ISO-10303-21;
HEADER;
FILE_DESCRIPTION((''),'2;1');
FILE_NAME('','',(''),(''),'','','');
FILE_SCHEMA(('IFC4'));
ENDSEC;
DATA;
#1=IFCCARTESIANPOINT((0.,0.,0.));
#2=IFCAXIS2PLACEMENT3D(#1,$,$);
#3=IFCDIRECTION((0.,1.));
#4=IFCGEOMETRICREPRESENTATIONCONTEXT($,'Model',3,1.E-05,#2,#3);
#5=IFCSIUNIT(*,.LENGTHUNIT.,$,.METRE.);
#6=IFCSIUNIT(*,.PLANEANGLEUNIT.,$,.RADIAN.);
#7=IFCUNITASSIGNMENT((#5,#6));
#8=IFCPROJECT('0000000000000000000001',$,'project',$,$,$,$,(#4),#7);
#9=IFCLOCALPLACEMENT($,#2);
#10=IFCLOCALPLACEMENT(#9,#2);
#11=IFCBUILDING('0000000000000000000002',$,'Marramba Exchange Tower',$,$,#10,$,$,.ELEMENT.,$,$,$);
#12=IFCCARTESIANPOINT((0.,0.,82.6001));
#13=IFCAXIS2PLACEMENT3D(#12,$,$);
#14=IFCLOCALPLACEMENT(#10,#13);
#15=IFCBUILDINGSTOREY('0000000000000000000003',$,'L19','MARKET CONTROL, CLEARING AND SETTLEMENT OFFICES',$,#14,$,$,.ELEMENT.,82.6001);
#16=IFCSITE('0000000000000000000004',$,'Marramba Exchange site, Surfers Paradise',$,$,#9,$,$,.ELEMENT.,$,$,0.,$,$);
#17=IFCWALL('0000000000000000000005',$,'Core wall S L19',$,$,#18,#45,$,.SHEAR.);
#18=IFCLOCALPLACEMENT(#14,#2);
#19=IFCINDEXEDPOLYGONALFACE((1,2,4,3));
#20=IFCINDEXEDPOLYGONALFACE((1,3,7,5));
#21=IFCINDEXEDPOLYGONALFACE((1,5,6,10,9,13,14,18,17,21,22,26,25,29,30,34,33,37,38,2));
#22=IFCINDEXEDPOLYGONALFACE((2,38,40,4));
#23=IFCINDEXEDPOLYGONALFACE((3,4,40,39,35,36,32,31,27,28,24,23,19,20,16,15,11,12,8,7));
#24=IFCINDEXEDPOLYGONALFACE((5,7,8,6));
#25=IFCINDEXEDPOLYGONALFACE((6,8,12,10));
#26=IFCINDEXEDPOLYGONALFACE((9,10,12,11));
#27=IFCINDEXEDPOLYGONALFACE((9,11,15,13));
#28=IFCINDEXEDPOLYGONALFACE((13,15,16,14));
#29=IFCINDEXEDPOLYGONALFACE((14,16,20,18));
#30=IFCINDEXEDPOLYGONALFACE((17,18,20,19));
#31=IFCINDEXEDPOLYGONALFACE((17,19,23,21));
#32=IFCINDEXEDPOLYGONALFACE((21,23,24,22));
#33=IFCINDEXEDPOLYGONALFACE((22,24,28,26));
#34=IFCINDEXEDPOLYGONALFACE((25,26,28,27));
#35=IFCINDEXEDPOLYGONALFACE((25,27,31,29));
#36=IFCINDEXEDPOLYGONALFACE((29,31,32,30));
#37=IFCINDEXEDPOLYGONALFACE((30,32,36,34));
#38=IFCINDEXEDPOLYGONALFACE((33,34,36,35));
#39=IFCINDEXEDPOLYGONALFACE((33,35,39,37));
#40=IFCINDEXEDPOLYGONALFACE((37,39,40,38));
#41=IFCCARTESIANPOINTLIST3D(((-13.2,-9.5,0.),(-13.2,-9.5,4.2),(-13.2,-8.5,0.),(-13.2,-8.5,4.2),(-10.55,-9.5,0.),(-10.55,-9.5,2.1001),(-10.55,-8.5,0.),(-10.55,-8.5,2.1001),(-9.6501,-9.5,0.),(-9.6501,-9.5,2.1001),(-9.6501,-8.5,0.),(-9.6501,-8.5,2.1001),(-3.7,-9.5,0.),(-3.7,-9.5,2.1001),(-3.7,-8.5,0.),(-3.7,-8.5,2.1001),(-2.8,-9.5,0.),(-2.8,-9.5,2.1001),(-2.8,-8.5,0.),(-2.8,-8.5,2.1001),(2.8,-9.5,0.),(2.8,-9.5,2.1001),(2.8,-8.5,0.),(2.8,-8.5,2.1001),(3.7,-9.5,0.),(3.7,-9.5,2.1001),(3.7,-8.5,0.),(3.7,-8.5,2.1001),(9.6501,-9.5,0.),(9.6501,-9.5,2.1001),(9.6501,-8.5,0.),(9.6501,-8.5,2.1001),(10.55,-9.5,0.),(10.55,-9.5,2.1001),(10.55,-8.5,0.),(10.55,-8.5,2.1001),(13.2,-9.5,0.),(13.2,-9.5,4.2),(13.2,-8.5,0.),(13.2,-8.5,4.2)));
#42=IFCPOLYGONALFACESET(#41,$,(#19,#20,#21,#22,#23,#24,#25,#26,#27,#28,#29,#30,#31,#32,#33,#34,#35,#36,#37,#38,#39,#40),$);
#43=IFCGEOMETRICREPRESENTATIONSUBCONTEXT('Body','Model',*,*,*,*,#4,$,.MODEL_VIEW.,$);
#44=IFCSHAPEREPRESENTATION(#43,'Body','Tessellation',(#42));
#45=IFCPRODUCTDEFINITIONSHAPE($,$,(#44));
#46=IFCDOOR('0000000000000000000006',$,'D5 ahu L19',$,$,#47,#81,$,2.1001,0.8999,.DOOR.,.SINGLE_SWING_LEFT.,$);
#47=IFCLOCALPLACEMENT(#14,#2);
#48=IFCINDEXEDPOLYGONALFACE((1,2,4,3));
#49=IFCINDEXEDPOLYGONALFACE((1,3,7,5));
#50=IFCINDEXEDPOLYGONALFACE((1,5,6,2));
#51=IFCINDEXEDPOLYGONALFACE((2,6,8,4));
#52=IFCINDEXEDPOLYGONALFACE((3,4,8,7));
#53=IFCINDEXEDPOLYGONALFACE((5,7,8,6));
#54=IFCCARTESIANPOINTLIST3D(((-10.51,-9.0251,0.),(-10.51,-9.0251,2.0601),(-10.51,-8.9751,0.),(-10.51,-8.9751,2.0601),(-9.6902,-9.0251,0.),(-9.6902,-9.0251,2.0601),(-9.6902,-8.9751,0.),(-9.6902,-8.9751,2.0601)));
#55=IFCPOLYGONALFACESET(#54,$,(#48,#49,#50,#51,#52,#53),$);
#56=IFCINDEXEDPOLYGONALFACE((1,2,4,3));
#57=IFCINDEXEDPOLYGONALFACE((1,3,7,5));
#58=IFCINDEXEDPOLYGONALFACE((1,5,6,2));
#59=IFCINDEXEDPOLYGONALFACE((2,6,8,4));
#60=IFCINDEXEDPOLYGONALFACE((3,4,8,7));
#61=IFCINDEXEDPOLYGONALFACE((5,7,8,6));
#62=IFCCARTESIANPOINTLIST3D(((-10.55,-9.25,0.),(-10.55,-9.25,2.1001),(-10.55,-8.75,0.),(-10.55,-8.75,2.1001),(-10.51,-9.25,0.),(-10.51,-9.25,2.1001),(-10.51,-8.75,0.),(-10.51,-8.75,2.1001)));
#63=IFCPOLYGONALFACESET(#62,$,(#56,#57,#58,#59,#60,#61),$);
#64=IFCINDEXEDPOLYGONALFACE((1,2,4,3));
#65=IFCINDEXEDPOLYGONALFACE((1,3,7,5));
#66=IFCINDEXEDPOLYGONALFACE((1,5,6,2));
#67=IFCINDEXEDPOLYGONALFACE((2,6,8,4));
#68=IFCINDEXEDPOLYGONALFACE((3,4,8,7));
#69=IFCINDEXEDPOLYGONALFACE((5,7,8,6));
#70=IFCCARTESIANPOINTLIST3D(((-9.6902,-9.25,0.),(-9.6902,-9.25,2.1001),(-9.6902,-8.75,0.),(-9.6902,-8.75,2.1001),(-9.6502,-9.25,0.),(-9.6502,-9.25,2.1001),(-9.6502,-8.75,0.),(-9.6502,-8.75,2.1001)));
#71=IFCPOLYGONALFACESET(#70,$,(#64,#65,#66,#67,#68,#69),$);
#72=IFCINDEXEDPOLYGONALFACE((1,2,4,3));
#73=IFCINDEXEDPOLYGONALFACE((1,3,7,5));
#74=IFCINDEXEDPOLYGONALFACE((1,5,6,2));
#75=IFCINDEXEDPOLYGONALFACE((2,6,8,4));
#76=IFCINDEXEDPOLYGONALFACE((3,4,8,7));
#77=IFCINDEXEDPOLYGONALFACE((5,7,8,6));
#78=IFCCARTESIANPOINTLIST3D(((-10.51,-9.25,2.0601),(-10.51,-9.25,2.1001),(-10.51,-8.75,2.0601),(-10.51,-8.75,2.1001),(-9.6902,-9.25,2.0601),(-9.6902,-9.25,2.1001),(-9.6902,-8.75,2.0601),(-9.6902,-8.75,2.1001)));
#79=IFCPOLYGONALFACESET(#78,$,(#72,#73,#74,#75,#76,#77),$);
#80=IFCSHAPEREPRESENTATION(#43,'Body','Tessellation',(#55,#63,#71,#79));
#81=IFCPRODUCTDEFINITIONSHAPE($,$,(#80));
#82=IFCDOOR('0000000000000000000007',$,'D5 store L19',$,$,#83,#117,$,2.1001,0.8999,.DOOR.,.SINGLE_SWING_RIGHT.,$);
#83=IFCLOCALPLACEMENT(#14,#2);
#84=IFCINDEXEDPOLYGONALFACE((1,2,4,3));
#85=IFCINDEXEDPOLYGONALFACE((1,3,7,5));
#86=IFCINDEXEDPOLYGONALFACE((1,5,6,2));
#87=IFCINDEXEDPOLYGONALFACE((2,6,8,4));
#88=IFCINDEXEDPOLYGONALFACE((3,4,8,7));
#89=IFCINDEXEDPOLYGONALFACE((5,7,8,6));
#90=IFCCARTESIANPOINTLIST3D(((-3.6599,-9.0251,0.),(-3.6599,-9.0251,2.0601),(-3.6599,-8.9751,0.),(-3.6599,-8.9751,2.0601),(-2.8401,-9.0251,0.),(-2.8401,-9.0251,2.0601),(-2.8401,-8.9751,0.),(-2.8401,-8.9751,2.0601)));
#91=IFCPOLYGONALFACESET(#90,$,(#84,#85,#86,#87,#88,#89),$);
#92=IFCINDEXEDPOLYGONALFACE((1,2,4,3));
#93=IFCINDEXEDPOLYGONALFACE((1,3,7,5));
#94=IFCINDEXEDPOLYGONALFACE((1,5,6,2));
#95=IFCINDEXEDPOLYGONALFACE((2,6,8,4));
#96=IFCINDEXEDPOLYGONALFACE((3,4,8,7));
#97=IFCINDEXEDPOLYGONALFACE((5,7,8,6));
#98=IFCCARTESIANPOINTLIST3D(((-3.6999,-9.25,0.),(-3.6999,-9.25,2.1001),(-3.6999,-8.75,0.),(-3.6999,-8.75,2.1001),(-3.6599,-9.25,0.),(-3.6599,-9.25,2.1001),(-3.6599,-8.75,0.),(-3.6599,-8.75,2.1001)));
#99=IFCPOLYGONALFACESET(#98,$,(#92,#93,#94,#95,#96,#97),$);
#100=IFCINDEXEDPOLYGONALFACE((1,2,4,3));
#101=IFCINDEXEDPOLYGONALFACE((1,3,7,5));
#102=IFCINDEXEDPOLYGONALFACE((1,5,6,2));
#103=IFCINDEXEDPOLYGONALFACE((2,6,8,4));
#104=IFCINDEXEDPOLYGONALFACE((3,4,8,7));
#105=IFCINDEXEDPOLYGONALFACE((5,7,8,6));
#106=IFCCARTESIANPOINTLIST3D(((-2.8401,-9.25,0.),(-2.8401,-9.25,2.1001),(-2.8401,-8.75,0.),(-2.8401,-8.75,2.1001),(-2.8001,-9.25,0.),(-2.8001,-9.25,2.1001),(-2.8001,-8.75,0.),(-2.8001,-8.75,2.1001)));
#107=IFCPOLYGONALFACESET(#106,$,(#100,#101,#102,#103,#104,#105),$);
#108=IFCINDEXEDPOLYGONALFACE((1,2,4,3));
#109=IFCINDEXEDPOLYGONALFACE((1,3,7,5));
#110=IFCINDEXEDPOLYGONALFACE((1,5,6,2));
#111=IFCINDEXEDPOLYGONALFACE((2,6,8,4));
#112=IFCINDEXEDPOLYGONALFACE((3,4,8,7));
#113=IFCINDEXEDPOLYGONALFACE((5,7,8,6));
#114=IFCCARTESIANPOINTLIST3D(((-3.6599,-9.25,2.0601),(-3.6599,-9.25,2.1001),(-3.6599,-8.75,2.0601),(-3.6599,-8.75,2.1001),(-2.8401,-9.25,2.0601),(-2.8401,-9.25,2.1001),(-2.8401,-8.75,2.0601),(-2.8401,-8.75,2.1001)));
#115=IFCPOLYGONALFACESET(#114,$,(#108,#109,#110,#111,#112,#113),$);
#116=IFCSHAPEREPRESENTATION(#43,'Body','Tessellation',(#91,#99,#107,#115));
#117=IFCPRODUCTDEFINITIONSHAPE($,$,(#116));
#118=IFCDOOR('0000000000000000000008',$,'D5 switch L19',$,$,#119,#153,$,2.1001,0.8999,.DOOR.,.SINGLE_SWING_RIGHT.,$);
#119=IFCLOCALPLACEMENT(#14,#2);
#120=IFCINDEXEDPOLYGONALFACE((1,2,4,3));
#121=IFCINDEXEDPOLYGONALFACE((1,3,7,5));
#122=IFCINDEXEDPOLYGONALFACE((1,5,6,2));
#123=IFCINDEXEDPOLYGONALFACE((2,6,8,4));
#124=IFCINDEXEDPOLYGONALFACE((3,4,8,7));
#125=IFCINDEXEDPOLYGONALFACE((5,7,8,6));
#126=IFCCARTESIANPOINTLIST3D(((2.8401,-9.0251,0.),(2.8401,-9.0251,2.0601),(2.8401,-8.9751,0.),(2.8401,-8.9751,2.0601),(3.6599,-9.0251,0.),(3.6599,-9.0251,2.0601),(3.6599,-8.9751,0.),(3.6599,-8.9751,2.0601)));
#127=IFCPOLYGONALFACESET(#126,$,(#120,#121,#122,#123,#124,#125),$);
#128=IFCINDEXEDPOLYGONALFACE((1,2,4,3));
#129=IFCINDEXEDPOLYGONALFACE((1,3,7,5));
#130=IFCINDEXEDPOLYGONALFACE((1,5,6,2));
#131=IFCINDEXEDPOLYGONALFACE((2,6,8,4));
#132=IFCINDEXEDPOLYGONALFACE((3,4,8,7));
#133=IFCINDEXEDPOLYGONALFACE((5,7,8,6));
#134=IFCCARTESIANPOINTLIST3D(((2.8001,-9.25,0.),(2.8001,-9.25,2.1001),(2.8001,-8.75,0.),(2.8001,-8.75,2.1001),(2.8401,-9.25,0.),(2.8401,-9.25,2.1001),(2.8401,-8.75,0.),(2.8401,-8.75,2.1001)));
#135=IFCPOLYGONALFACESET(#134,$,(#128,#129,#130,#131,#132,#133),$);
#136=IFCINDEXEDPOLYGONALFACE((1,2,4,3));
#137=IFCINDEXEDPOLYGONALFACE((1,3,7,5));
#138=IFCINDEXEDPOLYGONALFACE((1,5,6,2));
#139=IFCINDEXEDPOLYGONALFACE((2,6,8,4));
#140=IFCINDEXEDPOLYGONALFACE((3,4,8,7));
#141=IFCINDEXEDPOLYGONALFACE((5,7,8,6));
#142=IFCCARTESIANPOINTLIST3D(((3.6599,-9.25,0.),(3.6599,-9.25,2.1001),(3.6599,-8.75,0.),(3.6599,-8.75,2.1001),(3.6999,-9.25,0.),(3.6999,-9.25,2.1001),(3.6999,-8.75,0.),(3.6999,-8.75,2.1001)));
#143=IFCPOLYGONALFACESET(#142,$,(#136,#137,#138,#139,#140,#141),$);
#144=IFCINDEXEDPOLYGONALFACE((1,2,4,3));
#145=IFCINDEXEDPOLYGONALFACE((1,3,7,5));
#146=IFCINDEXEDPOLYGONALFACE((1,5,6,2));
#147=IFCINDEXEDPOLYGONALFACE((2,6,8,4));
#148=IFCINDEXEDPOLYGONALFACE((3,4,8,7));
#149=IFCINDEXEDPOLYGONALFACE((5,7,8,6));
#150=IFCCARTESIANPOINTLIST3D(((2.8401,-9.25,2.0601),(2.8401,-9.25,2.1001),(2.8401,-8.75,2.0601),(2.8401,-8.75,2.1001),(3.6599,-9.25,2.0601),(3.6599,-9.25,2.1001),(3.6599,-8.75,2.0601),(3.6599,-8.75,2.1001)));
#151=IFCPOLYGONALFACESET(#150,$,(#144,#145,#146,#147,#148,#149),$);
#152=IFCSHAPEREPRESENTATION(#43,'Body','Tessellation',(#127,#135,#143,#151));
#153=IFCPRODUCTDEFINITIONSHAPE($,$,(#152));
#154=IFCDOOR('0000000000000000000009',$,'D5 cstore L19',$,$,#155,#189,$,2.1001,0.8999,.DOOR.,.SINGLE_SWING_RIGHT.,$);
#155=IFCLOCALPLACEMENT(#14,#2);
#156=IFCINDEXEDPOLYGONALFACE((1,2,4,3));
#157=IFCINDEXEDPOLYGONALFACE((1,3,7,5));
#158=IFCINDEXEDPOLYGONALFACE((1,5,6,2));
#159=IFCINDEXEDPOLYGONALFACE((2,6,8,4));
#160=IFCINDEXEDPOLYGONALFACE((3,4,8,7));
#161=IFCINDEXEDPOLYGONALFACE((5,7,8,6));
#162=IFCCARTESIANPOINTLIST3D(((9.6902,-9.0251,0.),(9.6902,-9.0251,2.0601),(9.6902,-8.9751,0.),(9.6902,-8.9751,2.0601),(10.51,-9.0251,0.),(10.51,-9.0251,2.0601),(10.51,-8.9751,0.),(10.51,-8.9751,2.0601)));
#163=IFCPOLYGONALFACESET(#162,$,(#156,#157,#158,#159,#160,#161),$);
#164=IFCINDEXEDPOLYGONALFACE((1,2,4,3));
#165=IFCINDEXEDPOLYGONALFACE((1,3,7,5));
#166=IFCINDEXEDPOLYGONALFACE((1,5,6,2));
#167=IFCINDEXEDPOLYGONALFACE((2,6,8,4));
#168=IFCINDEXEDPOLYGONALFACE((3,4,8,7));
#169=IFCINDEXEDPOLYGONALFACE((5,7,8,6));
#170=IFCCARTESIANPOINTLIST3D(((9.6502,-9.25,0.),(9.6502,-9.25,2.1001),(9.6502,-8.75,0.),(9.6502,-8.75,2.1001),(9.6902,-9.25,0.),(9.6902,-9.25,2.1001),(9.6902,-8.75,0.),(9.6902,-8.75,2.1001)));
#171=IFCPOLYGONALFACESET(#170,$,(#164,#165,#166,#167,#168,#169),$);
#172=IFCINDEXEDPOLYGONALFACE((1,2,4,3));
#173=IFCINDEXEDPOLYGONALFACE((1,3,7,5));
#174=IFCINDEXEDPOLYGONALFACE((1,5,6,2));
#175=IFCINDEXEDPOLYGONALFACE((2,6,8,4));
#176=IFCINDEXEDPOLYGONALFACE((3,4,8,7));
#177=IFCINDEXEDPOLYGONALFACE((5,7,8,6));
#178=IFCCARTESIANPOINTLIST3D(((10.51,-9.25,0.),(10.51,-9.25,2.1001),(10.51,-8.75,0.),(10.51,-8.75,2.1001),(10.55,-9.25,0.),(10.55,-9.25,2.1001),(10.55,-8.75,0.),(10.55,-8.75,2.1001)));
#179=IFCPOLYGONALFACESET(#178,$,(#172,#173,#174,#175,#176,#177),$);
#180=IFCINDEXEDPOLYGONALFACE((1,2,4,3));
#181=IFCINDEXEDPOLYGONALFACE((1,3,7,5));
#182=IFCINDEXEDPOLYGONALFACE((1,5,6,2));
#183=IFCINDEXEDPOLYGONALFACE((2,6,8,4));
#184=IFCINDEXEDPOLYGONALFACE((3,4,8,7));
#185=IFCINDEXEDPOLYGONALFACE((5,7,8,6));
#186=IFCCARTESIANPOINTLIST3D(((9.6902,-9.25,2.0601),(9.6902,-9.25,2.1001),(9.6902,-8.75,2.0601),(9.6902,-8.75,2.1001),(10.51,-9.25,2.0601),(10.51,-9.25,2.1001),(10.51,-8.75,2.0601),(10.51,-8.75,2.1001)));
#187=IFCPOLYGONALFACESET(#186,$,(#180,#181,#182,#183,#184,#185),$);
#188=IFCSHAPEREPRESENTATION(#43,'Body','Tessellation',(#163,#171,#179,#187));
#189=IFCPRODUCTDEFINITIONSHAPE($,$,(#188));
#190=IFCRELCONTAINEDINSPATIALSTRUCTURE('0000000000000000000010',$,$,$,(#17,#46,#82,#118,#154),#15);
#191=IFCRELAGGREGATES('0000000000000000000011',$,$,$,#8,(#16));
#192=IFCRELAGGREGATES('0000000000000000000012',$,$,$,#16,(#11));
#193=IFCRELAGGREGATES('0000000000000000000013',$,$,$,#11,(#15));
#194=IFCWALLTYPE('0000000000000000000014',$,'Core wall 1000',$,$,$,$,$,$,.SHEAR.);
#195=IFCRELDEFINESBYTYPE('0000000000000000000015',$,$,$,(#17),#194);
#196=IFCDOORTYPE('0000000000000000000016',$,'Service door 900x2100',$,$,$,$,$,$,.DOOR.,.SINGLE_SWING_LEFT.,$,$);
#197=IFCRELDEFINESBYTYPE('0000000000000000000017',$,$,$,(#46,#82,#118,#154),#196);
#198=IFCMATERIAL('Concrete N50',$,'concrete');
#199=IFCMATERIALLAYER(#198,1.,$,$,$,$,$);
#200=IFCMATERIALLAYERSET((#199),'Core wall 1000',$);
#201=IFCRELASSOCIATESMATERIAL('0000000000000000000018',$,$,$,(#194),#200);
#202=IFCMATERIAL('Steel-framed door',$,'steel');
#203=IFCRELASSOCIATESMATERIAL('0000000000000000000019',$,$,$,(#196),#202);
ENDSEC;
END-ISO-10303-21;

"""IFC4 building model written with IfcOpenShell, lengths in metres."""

from ifc_helpers import new_model, si_unit, direction, frame, frame_2d, origin, place, context, subcontext, project, spatial, rectangle, extrude, material, layer, layer_set, type_object, element, fill, save


model = new_model("IFC4")

# Units and contexts
model_context = context("Model", 3, precision=1e-05, world=origin(), true_north=direction((0.0, 1.0)))
body_context = subcontext(model_context, "Body", "Model", "MODEL_VIEW")
ifc_project = project(units=[si_unit("LENGTHUNIT", "METRE"), si_unit("PLANEANGLEUNIT", "RADIAN")], contexts=[model_context])

# Site, building, storey
site_placement = place(None, origin())
site = spatial("IfcSite", under=ifc_project, at=site_placement, Name="Marramba Exchange site, Surfers Paradise", CompositionType="ELEMENT", RefElevation=0.0)
building_placement = place(site_placement, origin())
building = spatial("IfcBuilding", under=site, at=building_placement, Name="Marramba Exchange Tower", CompositionType="ELEMENT")
storey_placement = place(building_placement, frame((0.0, 0.0, 82.6001)))
storey = spatial("IfcBuildingStorey", under=building, at=storey_placement, Name="L19", Description="MARKET CONTROL, CLEARING AND SETTLEMENT OFFICES", CompositionType="ELEMENT", Elevation=82.6001)

# Shared definitions
ifc_material_1 = material(Name="Concrete N50", Category="concrete")

# Wall, openings, doors
ifc_layer_1 = layer(ifc_material_1, 1.0)
ifc_layer_set_1 = layer_set([ifc_layer_1], Name="Core wall 1000")
wall_type_1 = type_object("IfcWallType", Name="Core wall 1000", PredefinedType="SHEAR", material=ifc_layer_set_1)
wall_1_placement = place(storey_placement, frame((-13.2, -9.0, 0.0), z_axis=(0.0, 0.0, 1.0), x_axis=(1.0, 0.0, 0.0)))
wall_1 = element("IfcWall", 1, at=wall_1_placement, inside=storey, type_object=wall_type_1, Name="Core wall S L19", PredefinedType="SHEAR", context=body_context, shape_type="SweptSolid", body=[
    extrude(rectangle(XDim=26.3999, YDim=1.0, at=frame_2d((13.2, 0.0))), origin(), (0.0, 0.0, 1.0), 4.2),
])
opening_1_placement = place(wall_1_placement, frame((2.6499, 0.0, 0.0)))
opening_1 = element("IfcOpeningElement", 2, at=opening_1_placement, cuts=wall_1, PredefinedType="OPENING", context=body_context, shape_type="SweptSolid", body=[
    extrude(rectangle(XDim=0.8999, YDim=2.1001, at=frame_2d((0.45, 1.05))), frame((0.0, 0.51, 0.0), z_axis=(0.0, -1.0, 0.0), x_axis=(1.0, 0.0, 0.0)), (0.0, 0.0, 1.0), 1.02),
])
opening_2_placement = place(wall_1_placement, frame((9.5, 0.0, 0.0)))
opening_2 = element("IfcOpeningElement", 3, at=opening_2_placement, cuts=wall_1, PredefinedType="OPENING", context=body_context, shape_type="SweptSolid", body=[
    extrude(rectangle(XDim=0.8999, YDim=2.1001, at=frame_2d((0.45, 1.05))), frame((0.0, 0.51, 0.0), z_axis=(0.0, -1.0, 0.0), x_axis=(1.0, 0.0, 0.0)), (0.0, 0.0, 1.0), 1.02),
])
opening_3_placement = place(wall_1_placement, frame((16.0, 0.0, 0.0)))
opening_3 = element("IfcOpeningElement", 4, at=opening_3_placement, cuts=wall_1, PredefinedType="OPENING", context=body_context, shape_type="SweptSolid", body=[
    extrude(rectangle(XDim=0.8999, YDim=2.1001, at=frame_2d((0.45, 1.05))), frame((0.0, 0.51, 0.0), z_axis=(0.0, -1.0, 0.0), x_axis=(1.0, 0.0, 0.0)), (0.0, 0.0, 1.0), 1.02),
])
opening_4_placement = place(wall_1_placement, frame((22.8501, 0.0, 0.0)))
opening_4 = element("IfcOpeningElement", 5, at=opening_4_placement, cuts=wall_1, PredefinedType="OPENING", context=body_context, shape_type="SweptSolid", body=[
    extrude(rectangle(XDim=0.8999, YDim=2.1001, at=frame_2d((0.45, 1.05))), frame((0.0, 0.51, 0.0), z_axis=(0.0, -1.0, 0.0), x_axis=(1.0, 0.0, 0.0)), (0.0, 0.0, 1.0), 1.02),
])
ifc_material_2 = material(Name="Steel-framed door", Category="steel")
door_type = type_object("IfcDoorType", Name="Service door 900x2100", OperationType="SINGLE_SWING_LEFT", PredefinedType="DOOR", material=ifc_material_2)
door_1_placement = place(opening_1_placement, origin())
door_1 = element("IfcDoor", 6, at=door_1_placement, inside=storey, type_object=door_type, Name="D5 ahu L19", OperationType="SINGLE_SWING_LEFT", OverallHeight=2.1001, OverallWidth=0.8999, PredefinedType="DOOR", context=body_context, shape_type="SweptSolid", body=[
    extrude(rectangle(XDim=0.8198, YDim=2.0601, at=frame_2d((0.45, 1.03))), frame((0.0, 0.0249, 0.0), z_axis=(0.0, -1.0, 0.0), x_axis=(1.0, 0.0, 0.0)), (0.0, 0.0, 1.0), 0.05),
    extrude(rectangle(XDim=0.04, YDim=2.1001, at=frame_2d((0.02, 1.05))), frame((0.0, 0.25, 0.0), z_axis=(0.0, -1.0, 0.0), x_axis=(1.0, 0.0, 0.0)), (0.0, 0.0, 1.0), 0.5),
    extrude(rectangle(XDim=0.04, YDim=2.1001, at=frame_2d((0.8799, 1.05))), frame((0.0, 0.25, 0.0), z_axis=(0.0, -1.0, 0.0), x_axis=(1.0, 0.0, 0.0)), (0.0, 0.0, 1.0), 0.5),
    extrude(rectangle(XDim=0.8198, YDim=0.04, at=frame_2d((0.45, 2.0801))), frame((0.0, 0.25, 0.0), z_axis=(0.0, -1.0, 0.0), x_axis=(1.0, 0.0, 0.0)), (0.0, 0.0, 1.0), 0.5),
])
fill(opening_1, door_1)
door_2_placement = place(opening_2_placement, origin())
door_2 = element("IfcDoor", 7, at=door_2_placement, inside=storey, type_object=door_type, Name="D5 store L19", OperationType="SINGLE_SWING_RIGHT", OverallHeight=2.1001, OverallWidth=0.8999, PredefinedType="DOOR", context=body_context, shape_type="SweptSolid", body=[
    extrude(rectangle(XDim=0.8198, YDim=2.0601, at=frame_2d((0.45, 1.03))), frame((0.0, 0.0249, 0.0), z_axis=(0.0, -1.0, 0.0), x_axis=(1.0, 0.0, 0.0)), (0.0, 0.0, 1.0), 0.05),
    extrude(rectangle(XDim=0.04, YDim=2.1001, at=frame_2d((0.02, 1.05))), frame((0.0, 0.25, 0.0), z_axis=(0.0, -1.0, 0.0), x_axis=(1.0, 0.0, 0.0)), (0.0, 0.0, 1.0), 0.5),
    extrude(rectangle(XDim=0.04, YDim=2.1001, at=frame_2d((0.8799, 1.05))), frame((0.0, 0.25, 0.0), z_axis=(0.0, -1.0, 0.0), x_axis=(1.0, 0.0, 0.0)), (0.0, 0.0, 1.0), 0.5),
    extrude(rectangle(XDim=0.8198, YDim=0.04, at=frame_2d((0.45, 2.0801))), frame((0.0, 0.25, 0.0), z_axis=(0.0, -1.0, 0.0), x_axis=(1.0, 0.0, 0.0)), (0.0, 0.0, 1.0), 0.5),
])
fill(opening_2, door_2)
door_3_placement = place(opening_3_placement, origin())
door_3 = element("IfcDoor", 8, at=door_3_placement, inside=storey, type_object=door_type, Name="D5 switch L19", OperationType="SINGLE_SWING_RIGHT", OverallHeight=2.1001, OverallWidth=0.8999, PredefinedType="DOOR", context=body_context, shape_type="SweptSolid", body=[
    extrude(rectangle(XDim=0.8198, YDim=2.0601, at=frame_2d((0.45, 1.03))), frame((0.0, 0.0249, 0.0), z_axis=(0.0, -1.0, 0.0), x_axis=(1.0, 0.0, 0.0)), (0.0, 0.0, 1.0), 0.05),
    extrude(rectangle(XDim=0.04, YDim=2.1001, at=frame_2d((0.02, 1.05))), frame((0.0, 0.25, 0.0), z_axis=(0.0, -1.0, 0.0), x_axis=(1.0, 0.0, 0.0)), (0.0, 0.0, 1.0), 0.5),
    extrude(rectangle(XDim=0.04, YDim=2.1001, at=frame_2d((0.8799, 1.05))), frame((0.0, 0.25, 0.0), z_axis=(0.0, -1.0, 0.0), x_axis=(1.0, 0.0, 0.0)), (0.0, 0.0, 1.0), 0.5),
    extrude(rectangle(XDim=0.8198, YDim=0.04, at=frame_2d((0.45, 2.0801))), frame((0.0, 0.25, 0.0), z_axis=(0.0, -1.0, 0.0), x_axis=(1.0, 0.0, 0.0)), (0.0, 0.0, 1.0), 0.5),
])
fill(opening_3, door_3)
door_4_placement = place(opening_4_placement, origin())
door_4 = element("IfcDoor", 9, at=door_4_placement, inside=storey, type_object=door_type, Name="D5 cstore L19", OperationType="SINGLE_SWING_RIGHT", OverallHeight=2.1001, OverallWidth=0.8999, PredefinedType="DOOR", context=body_context, shape_type="SweptSolid", body=[
    extrude(rectangle(XDim=0.8198, YDim=2.0601, at=frame_2d((0.45, 1.03))), frame((0.0, 0.0249, 0.0), z_axis=(0.0, -1.0, 0.0), x_axis=(1.0, 0.0, 0.0)), (0.0, 0.0, 1.0), 0.05),
    extrude(rectangle(XDim=0.04, YDim=2.1001, at=frame_2d((0.02, 1.05))), frame((0.0, 0.25, 0.0), z_axis=(0.0, -1.0, 0.0), x_axis=(1.0, 0.0, 0.0)), (0.0, 0.0, 1.0), 0.5),
    extrude(rectangle(XDim=0.04, YDim=2.1001, at=frame_2d((0.8799, 1.05))), frame((0.0, 0.25, 0.0), z_axis=(0.0, -1.0, 0.0), x_axis=(1.0, 0.0, 0.0)), (0.0, 0.0, 1.0), 0.5),
    extrude(rectangle(XDim=0.8198, YDim=0.04, at=frame_2d((0.45, 2.0801))), frame((0.0, 0.25, 0.0), z_axis=(0.0, -1.0, 0.0), x_axis=(1.0, 0.0, 0.0)), (0.0, 0.0, 1.0), 0.5),
])
fill(opening_4, door_4)

save(model, "model.ifc")
